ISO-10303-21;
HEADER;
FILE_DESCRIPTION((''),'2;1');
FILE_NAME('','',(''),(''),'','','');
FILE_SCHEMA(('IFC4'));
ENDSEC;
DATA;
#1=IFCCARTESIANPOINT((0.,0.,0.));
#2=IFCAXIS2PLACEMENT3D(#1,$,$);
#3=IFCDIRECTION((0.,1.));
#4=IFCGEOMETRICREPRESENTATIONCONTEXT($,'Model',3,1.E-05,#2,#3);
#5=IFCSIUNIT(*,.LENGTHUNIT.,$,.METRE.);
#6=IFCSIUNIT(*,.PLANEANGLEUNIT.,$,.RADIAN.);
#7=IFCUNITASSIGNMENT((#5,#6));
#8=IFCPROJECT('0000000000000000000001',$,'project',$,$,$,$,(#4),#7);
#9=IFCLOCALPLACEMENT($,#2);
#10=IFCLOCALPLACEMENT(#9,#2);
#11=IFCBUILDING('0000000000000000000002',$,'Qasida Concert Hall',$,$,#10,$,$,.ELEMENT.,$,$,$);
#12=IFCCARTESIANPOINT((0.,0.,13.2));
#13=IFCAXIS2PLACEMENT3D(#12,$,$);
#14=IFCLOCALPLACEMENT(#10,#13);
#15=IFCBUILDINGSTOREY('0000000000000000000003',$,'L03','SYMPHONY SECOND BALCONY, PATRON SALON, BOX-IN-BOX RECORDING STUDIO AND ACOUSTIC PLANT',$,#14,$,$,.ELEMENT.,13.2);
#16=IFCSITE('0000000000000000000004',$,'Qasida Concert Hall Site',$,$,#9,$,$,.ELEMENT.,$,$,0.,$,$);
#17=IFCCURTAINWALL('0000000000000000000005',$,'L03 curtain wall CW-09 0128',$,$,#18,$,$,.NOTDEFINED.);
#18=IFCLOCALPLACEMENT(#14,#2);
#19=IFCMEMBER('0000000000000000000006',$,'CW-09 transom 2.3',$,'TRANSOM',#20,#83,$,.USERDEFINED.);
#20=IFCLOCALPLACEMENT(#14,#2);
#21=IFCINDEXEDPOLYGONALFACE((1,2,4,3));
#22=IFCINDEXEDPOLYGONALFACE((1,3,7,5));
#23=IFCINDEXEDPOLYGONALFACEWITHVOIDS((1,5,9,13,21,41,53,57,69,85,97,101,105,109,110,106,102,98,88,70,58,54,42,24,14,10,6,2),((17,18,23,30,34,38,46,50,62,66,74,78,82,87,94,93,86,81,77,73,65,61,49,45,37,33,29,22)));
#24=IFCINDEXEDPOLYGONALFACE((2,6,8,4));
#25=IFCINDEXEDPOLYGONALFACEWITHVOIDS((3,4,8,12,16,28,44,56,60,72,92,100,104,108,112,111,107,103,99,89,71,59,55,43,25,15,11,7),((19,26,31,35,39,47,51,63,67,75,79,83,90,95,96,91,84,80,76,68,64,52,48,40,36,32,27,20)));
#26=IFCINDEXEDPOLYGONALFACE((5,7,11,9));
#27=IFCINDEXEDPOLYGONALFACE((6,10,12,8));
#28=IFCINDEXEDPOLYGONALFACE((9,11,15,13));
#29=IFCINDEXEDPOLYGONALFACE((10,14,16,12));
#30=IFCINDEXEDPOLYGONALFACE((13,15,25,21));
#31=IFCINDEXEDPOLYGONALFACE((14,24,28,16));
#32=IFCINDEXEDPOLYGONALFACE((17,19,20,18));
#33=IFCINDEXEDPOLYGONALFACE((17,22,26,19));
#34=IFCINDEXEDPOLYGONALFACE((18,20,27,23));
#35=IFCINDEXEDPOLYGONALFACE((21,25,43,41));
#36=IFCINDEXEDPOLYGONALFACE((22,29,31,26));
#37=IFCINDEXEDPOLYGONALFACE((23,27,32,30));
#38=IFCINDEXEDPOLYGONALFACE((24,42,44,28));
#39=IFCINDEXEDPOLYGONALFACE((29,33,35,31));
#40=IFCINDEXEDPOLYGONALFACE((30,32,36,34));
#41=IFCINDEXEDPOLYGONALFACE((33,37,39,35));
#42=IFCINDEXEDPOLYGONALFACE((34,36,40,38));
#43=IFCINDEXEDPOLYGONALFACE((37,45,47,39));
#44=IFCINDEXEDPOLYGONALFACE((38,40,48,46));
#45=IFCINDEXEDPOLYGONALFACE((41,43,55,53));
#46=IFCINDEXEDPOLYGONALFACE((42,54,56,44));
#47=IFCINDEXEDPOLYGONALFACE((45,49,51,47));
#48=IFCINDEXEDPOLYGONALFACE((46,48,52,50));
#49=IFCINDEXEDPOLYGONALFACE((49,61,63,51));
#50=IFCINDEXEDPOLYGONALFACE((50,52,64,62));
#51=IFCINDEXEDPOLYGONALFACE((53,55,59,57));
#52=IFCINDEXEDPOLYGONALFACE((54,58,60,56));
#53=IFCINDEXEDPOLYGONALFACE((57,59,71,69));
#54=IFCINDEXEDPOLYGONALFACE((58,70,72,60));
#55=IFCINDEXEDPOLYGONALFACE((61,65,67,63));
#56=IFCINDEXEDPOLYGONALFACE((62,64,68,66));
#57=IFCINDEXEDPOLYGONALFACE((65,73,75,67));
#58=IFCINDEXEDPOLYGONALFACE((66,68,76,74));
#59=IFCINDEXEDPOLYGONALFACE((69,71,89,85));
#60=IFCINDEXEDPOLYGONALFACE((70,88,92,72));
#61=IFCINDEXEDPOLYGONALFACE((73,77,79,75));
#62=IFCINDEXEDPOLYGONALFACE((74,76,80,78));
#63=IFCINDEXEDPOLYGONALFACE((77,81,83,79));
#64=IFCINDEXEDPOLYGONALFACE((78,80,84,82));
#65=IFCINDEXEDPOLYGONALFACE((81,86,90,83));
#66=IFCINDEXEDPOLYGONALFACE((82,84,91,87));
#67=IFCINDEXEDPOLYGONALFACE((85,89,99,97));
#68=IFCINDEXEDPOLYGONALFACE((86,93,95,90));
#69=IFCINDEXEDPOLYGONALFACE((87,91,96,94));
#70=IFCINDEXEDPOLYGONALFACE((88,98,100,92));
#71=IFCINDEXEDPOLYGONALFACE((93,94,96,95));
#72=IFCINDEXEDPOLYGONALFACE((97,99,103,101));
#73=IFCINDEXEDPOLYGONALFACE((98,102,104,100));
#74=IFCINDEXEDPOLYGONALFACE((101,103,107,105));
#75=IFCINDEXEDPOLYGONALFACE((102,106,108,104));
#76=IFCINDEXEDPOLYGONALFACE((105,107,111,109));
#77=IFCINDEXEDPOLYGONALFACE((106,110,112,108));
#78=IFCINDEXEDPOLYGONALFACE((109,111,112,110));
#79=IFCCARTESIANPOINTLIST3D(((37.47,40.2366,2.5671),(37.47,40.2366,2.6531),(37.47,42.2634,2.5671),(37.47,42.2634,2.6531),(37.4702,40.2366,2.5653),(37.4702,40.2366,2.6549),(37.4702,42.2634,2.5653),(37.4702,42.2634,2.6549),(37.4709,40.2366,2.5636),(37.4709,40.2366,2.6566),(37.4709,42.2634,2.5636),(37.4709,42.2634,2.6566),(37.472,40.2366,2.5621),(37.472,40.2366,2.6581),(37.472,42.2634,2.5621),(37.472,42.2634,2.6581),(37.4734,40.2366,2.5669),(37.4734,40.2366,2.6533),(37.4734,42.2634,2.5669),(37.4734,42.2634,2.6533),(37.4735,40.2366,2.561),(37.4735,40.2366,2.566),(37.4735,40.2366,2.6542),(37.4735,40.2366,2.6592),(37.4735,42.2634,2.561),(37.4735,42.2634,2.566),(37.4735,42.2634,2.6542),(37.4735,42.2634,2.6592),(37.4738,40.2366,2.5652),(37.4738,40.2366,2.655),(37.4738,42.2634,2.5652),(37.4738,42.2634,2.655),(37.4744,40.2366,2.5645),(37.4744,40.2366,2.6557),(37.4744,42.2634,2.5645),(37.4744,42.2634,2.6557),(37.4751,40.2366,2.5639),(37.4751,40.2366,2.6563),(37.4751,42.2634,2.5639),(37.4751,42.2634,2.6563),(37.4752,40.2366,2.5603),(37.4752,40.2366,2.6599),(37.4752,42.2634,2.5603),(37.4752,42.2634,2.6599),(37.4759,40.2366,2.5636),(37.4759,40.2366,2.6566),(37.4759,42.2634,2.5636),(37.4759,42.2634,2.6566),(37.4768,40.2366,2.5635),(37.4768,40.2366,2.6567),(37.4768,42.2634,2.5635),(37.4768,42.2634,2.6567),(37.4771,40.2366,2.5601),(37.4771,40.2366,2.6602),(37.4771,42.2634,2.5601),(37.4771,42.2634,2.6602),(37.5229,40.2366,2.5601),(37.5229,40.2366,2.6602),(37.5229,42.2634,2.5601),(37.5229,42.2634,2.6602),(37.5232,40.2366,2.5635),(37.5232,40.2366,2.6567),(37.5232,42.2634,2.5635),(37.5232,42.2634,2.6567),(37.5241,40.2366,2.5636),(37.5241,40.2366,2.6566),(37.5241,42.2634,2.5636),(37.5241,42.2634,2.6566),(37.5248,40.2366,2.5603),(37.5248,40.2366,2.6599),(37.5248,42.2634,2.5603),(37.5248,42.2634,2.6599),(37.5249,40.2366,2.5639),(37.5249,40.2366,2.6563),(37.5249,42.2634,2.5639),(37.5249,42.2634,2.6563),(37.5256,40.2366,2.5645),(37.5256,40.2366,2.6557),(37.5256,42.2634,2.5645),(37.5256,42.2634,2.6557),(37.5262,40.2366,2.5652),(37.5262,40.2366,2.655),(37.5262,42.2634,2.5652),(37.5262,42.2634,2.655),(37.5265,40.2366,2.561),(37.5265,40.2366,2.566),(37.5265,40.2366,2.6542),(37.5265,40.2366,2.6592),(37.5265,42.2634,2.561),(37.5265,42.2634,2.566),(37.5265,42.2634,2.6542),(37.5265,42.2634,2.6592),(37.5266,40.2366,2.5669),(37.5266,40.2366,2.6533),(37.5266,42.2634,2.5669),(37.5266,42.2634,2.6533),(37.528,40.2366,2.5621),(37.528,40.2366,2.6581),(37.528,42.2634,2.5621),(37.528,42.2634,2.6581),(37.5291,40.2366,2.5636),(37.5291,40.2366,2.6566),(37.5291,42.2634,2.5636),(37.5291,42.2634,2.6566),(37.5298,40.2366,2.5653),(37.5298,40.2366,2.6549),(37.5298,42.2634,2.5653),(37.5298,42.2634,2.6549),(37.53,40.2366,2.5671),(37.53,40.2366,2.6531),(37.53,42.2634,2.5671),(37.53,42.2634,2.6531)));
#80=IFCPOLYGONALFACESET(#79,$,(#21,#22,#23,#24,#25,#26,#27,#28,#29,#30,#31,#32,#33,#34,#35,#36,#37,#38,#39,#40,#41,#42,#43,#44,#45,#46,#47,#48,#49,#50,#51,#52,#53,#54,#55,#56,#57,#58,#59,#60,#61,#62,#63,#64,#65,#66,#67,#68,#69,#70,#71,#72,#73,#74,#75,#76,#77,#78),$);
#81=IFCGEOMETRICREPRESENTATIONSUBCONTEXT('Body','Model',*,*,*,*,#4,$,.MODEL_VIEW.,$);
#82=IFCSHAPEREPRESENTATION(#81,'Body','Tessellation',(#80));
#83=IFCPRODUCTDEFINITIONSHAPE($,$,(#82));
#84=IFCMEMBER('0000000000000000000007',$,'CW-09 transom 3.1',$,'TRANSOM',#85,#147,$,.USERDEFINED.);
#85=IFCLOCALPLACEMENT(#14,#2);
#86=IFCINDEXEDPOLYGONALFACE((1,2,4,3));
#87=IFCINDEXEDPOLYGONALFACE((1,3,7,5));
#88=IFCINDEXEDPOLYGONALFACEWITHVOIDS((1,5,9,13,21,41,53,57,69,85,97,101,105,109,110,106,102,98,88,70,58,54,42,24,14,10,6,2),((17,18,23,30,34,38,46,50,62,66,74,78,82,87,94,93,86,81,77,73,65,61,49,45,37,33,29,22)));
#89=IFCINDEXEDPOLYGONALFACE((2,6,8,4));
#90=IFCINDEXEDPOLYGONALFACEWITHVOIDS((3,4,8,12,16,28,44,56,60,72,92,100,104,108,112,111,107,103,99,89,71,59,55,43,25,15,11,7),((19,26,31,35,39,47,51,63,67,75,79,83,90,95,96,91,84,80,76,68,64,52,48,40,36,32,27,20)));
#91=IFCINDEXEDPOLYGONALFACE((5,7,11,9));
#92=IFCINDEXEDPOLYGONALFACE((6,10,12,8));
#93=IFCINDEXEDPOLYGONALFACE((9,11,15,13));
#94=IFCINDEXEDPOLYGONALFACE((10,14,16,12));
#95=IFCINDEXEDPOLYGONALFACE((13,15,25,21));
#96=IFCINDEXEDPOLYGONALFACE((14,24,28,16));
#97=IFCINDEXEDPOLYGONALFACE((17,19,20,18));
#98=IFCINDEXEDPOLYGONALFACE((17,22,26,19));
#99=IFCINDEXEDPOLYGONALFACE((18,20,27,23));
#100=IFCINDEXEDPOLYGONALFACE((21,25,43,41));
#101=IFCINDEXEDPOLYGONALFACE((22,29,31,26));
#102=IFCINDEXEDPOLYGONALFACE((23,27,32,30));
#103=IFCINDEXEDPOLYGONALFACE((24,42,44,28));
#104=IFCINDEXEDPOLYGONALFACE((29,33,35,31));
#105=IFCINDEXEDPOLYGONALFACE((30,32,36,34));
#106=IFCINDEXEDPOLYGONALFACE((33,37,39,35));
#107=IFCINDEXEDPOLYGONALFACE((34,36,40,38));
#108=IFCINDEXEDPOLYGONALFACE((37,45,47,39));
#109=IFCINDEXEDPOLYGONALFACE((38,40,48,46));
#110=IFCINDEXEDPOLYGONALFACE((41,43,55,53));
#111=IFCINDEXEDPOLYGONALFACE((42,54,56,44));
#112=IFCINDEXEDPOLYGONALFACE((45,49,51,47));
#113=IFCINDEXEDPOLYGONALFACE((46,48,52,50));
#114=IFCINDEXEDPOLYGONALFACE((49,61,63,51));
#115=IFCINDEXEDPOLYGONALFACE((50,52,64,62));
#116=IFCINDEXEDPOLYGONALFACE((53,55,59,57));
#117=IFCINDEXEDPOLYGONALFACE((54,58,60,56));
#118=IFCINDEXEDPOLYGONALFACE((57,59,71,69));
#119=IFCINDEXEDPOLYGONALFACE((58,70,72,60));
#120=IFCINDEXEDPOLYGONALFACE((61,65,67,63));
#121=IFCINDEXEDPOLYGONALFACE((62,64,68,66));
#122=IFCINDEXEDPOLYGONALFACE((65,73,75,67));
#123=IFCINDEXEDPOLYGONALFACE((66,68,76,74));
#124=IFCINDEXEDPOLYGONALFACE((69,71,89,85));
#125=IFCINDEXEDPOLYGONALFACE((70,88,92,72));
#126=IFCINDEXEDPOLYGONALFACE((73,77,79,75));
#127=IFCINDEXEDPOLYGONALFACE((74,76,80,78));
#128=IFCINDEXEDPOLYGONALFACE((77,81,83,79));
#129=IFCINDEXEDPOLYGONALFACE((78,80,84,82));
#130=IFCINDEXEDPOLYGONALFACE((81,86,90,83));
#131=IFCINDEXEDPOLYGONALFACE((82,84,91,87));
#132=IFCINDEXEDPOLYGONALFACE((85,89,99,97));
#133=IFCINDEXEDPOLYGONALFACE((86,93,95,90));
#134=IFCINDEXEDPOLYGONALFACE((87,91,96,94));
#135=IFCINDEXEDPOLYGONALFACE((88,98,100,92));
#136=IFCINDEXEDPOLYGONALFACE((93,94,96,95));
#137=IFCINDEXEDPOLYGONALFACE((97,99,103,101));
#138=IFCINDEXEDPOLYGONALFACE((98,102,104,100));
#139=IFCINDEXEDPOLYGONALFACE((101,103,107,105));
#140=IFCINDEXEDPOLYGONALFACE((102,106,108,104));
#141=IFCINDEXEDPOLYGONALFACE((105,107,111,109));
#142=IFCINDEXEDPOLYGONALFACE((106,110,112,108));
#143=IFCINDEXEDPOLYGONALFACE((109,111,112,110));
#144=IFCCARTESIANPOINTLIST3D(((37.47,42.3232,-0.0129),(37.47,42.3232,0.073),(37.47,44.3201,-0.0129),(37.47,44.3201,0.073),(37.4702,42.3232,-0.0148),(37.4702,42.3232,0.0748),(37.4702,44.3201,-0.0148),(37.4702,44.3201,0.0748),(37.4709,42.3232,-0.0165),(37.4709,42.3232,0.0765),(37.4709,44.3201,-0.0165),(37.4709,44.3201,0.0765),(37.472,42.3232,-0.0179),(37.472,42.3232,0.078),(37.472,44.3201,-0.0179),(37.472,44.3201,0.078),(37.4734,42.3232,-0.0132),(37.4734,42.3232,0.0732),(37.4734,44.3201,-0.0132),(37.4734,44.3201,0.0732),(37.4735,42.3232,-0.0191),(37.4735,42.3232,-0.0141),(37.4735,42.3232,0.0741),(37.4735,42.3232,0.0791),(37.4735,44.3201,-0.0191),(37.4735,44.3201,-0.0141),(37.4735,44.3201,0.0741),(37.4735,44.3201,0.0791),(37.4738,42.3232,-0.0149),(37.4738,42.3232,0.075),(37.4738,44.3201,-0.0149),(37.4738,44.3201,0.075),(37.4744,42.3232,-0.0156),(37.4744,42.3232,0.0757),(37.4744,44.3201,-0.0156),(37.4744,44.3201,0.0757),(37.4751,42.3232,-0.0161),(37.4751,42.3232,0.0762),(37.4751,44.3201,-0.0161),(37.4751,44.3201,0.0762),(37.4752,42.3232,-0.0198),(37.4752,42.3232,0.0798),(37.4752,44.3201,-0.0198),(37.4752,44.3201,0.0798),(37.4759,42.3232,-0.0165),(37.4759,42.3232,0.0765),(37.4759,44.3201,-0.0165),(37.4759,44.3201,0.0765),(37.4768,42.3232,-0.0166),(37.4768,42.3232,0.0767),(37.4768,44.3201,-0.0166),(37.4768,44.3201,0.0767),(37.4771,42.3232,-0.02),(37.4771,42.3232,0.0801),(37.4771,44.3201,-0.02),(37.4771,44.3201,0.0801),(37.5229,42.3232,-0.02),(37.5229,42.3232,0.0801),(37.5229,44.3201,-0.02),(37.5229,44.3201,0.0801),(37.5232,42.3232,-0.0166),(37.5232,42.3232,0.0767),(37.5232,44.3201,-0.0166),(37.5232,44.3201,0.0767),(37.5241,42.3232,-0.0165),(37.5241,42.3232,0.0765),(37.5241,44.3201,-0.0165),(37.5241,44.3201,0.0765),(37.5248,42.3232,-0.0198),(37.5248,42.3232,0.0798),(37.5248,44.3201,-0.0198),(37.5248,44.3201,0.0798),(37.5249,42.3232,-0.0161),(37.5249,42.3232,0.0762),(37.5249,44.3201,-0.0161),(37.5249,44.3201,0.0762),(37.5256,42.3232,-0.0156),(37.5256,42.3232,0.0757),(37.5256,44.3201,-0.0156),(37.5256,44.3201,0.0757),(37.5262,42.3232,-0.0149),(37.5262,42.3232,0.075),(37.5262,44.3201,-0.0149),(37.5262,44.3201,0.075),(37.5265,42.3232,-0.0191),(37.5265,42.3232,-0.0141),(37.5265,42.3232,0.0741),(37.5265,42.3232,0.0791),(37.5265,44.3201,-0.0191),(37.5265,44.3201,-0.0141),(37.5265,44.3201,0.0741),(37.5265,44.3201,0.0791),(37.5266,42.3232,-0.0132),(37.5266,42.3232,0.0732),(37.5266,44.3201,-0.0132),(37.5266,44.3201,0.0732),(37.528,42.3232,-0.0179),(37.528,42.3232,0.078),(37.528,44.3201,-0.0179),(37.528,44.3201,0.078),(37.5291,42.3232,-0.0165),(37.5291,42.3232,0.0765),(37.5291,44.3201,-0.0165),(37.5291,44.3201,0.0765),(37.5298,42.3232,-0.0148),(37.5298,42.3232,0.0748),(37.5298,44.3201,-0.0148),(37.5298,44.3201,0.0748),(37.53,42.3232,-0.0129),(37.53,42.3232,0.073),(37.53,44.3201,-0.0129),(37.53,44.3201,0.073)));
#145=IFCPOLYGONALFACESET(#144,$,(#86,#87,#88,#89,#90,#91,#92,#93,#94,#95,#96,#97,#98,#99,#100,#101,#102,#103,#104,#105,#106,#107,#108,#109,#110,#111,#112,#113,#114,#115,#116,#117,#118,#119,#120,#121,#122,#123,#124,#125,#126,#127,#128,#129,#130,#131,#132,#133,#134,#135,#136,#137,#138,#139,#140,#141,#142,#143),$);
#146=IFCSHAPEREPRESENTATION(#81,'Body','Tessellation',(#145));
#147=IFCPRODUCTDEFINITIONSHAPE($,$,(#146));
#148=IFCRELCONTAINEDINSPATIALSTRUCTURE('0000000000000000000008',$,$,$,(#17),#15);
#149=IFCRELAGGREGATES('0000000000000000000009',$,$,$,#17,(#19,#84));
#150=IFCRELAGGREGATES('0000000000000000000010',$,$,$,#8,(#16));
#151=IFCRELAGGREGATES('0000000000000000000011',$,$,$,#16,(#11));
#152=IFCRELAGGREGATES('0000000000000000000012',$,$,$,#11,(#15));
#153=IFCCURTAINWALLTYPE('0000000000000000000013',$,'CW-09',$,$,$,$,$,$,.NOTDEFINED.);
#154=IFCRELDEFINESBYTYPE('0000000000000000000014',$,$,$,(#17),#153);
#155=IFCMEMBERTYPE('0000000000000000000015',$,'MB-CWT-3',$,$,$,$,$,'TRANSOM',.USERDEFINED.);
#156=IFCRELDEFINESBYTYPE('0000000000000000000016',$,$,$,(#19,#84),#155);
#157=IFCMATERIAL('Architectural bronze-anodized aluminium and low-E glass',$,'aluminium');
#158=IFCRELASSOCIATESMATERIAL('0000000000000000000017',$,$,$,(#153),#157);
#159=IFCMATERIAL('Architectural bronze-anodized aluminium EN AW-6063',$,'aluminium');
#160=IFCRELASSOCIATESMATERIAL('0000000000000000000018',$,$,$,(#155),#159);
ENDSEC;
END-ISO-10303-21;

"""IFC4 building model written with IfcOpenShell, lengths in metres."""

from ifc_helpers import new_model, si_unit, direction, frame, origin, origin_2d, place, context, subcontext, project, spatial, hollow_rectangle, extrude, material, material_profile, profile_set, type_object, element, aggregate, save


model = new_model("IFC4")

# Units and contexts
model_context = context("Model", 3, precision=1e-05, world=origin(), true_north=direction((0.0, 1.0)))
body_context = subcontext(model_context, "Body", "Model", "MODEL_VIEW")
ifc_project = project(units=[si_unit("LENGTHUNIT", "METRE"), si_unit("PLANEANGLEUNIT", "RADIAN")], contexts=[model_context])

# Site, building, storey
site_placement = place(None, origin())
site = spatial("IfcSite", under=ifc_project, at=site_placement, Name="Qasida Concert Hall Site", CompositionType="ELEMENT", RefElevation=0.0)
building_placement = place(site_placement, origin())
building = spatial("IfcBuilding", under=site, at=building_placement, Name="Qasida Concert Hall", CompositionType="ELEMENT")
storey_placement = place(building_placement, frame((0.0, 0.0, 13.2)))
storey = spatial("IfcBuildingStorey", under=building, at=storey_placement, Name="L03", Description="SYMPHONY SECOND BALCONY, PATRON SALON, BOX-IN-BOX RECORDING STUDIO AND ACOUSTIC PLANT", CompositionType="ELEMENT", Elevation=13.2)

# Curtain wall
ifc_material_1 = material(Name="Architectural bronze-anodized aluminium and low-E glass", Category="aluminium")
curtain_wall_type = type_object("IfcCurtainWallType", Name="CW-09", PredefinedType="NOTDEFINED", material=ifc_material_1)
curtain_wall_1_placement = place(storey_placement, origin())
curtain_wall_1 = element("IfcCurtainWall", 1, at=curtain_wall_1_placement, inside=storey, type_object=curtain_wall_type, Name="L03 curtain wall CW-09 0128", PredefinedType="NOTDEFINED")
ifc_material_2 = material(Name="Architectural bronze-anodized aluminium EN AW-6063", Category="aluminium")

# Members
ifc_material_profile_1 = material_profile(ifc_material_2, hollow_rectangle(XDim=0.0601, YDim=0.1001, WallThickness=0.0034, InnerFilletRadius=0.0034, OuterFilletRadius=0.0071, at=origin_2d()), Name="CWT 100x60x3.5")
ifc_profile_set_1 = profile_set([ifc_material_profile_1], Name="Architectural bronze-anodized aluminium EN AW-6063")
member_type_1 = type_object("IfcMemberType", Name="MB-CWT-3", ElementType="TRANSOM", PredefinedType="USERDEFINED", material=ifc_profile_set_1)
member_1_placement = place(storey_placement, frame((37.5, 40.2366, 2.6101), z_axis=(0.0, 1.0, 0.0), x_axis=(-1.0, 0.0, 0.0)))
member_1 = element("IfcMember", 2, at=member_1_placement, type_object=member_type_1, Name="CW-09 transom 2.3", ObjectType="TRANSOM", PredefinedType="USERDEFINED", context=body_context, shape_type="SweptSolid", body=[
    extrude(hollow_rectangle(XDim=0.0601, YDim=0.1001, WallThickness=0.0034, InnerFilletRadius=0.0034, OuterFilletRadius=0.0071, at=origin_2d()), origin(), (0.0, 0.0, 1.0), 2.0269),
])
member_2_placement = place(storey_placement, frame((37.5, 42.3232, 0.03), z_axis=(0.0, 1.0, 0.0), x_axis=(-1.0, 0.0, 0.0)))
member_2 = element("IfcMember", 3, at=member_2_placement, type_object=member_type_1, Name="CW-09 transom 3.1", ObjectType="TRANSOM", PredefinedType="USERDEFINED", context=body_context, shape_type="SweptSolid", body=[
    extrude(hollow_rectangle(XDim=0.0601, YDim=0.1001, WallThickness=0.0034, InnerFilletRadius=0.0034, OuterFilletRadius=0.0071, at=origin_2d()), origin(), (0.0, 0.0, 1.0), 1.9968),
])

aggregate(curtain_wall_1, [member_1, member_2])

save(model, "model.ifc")
